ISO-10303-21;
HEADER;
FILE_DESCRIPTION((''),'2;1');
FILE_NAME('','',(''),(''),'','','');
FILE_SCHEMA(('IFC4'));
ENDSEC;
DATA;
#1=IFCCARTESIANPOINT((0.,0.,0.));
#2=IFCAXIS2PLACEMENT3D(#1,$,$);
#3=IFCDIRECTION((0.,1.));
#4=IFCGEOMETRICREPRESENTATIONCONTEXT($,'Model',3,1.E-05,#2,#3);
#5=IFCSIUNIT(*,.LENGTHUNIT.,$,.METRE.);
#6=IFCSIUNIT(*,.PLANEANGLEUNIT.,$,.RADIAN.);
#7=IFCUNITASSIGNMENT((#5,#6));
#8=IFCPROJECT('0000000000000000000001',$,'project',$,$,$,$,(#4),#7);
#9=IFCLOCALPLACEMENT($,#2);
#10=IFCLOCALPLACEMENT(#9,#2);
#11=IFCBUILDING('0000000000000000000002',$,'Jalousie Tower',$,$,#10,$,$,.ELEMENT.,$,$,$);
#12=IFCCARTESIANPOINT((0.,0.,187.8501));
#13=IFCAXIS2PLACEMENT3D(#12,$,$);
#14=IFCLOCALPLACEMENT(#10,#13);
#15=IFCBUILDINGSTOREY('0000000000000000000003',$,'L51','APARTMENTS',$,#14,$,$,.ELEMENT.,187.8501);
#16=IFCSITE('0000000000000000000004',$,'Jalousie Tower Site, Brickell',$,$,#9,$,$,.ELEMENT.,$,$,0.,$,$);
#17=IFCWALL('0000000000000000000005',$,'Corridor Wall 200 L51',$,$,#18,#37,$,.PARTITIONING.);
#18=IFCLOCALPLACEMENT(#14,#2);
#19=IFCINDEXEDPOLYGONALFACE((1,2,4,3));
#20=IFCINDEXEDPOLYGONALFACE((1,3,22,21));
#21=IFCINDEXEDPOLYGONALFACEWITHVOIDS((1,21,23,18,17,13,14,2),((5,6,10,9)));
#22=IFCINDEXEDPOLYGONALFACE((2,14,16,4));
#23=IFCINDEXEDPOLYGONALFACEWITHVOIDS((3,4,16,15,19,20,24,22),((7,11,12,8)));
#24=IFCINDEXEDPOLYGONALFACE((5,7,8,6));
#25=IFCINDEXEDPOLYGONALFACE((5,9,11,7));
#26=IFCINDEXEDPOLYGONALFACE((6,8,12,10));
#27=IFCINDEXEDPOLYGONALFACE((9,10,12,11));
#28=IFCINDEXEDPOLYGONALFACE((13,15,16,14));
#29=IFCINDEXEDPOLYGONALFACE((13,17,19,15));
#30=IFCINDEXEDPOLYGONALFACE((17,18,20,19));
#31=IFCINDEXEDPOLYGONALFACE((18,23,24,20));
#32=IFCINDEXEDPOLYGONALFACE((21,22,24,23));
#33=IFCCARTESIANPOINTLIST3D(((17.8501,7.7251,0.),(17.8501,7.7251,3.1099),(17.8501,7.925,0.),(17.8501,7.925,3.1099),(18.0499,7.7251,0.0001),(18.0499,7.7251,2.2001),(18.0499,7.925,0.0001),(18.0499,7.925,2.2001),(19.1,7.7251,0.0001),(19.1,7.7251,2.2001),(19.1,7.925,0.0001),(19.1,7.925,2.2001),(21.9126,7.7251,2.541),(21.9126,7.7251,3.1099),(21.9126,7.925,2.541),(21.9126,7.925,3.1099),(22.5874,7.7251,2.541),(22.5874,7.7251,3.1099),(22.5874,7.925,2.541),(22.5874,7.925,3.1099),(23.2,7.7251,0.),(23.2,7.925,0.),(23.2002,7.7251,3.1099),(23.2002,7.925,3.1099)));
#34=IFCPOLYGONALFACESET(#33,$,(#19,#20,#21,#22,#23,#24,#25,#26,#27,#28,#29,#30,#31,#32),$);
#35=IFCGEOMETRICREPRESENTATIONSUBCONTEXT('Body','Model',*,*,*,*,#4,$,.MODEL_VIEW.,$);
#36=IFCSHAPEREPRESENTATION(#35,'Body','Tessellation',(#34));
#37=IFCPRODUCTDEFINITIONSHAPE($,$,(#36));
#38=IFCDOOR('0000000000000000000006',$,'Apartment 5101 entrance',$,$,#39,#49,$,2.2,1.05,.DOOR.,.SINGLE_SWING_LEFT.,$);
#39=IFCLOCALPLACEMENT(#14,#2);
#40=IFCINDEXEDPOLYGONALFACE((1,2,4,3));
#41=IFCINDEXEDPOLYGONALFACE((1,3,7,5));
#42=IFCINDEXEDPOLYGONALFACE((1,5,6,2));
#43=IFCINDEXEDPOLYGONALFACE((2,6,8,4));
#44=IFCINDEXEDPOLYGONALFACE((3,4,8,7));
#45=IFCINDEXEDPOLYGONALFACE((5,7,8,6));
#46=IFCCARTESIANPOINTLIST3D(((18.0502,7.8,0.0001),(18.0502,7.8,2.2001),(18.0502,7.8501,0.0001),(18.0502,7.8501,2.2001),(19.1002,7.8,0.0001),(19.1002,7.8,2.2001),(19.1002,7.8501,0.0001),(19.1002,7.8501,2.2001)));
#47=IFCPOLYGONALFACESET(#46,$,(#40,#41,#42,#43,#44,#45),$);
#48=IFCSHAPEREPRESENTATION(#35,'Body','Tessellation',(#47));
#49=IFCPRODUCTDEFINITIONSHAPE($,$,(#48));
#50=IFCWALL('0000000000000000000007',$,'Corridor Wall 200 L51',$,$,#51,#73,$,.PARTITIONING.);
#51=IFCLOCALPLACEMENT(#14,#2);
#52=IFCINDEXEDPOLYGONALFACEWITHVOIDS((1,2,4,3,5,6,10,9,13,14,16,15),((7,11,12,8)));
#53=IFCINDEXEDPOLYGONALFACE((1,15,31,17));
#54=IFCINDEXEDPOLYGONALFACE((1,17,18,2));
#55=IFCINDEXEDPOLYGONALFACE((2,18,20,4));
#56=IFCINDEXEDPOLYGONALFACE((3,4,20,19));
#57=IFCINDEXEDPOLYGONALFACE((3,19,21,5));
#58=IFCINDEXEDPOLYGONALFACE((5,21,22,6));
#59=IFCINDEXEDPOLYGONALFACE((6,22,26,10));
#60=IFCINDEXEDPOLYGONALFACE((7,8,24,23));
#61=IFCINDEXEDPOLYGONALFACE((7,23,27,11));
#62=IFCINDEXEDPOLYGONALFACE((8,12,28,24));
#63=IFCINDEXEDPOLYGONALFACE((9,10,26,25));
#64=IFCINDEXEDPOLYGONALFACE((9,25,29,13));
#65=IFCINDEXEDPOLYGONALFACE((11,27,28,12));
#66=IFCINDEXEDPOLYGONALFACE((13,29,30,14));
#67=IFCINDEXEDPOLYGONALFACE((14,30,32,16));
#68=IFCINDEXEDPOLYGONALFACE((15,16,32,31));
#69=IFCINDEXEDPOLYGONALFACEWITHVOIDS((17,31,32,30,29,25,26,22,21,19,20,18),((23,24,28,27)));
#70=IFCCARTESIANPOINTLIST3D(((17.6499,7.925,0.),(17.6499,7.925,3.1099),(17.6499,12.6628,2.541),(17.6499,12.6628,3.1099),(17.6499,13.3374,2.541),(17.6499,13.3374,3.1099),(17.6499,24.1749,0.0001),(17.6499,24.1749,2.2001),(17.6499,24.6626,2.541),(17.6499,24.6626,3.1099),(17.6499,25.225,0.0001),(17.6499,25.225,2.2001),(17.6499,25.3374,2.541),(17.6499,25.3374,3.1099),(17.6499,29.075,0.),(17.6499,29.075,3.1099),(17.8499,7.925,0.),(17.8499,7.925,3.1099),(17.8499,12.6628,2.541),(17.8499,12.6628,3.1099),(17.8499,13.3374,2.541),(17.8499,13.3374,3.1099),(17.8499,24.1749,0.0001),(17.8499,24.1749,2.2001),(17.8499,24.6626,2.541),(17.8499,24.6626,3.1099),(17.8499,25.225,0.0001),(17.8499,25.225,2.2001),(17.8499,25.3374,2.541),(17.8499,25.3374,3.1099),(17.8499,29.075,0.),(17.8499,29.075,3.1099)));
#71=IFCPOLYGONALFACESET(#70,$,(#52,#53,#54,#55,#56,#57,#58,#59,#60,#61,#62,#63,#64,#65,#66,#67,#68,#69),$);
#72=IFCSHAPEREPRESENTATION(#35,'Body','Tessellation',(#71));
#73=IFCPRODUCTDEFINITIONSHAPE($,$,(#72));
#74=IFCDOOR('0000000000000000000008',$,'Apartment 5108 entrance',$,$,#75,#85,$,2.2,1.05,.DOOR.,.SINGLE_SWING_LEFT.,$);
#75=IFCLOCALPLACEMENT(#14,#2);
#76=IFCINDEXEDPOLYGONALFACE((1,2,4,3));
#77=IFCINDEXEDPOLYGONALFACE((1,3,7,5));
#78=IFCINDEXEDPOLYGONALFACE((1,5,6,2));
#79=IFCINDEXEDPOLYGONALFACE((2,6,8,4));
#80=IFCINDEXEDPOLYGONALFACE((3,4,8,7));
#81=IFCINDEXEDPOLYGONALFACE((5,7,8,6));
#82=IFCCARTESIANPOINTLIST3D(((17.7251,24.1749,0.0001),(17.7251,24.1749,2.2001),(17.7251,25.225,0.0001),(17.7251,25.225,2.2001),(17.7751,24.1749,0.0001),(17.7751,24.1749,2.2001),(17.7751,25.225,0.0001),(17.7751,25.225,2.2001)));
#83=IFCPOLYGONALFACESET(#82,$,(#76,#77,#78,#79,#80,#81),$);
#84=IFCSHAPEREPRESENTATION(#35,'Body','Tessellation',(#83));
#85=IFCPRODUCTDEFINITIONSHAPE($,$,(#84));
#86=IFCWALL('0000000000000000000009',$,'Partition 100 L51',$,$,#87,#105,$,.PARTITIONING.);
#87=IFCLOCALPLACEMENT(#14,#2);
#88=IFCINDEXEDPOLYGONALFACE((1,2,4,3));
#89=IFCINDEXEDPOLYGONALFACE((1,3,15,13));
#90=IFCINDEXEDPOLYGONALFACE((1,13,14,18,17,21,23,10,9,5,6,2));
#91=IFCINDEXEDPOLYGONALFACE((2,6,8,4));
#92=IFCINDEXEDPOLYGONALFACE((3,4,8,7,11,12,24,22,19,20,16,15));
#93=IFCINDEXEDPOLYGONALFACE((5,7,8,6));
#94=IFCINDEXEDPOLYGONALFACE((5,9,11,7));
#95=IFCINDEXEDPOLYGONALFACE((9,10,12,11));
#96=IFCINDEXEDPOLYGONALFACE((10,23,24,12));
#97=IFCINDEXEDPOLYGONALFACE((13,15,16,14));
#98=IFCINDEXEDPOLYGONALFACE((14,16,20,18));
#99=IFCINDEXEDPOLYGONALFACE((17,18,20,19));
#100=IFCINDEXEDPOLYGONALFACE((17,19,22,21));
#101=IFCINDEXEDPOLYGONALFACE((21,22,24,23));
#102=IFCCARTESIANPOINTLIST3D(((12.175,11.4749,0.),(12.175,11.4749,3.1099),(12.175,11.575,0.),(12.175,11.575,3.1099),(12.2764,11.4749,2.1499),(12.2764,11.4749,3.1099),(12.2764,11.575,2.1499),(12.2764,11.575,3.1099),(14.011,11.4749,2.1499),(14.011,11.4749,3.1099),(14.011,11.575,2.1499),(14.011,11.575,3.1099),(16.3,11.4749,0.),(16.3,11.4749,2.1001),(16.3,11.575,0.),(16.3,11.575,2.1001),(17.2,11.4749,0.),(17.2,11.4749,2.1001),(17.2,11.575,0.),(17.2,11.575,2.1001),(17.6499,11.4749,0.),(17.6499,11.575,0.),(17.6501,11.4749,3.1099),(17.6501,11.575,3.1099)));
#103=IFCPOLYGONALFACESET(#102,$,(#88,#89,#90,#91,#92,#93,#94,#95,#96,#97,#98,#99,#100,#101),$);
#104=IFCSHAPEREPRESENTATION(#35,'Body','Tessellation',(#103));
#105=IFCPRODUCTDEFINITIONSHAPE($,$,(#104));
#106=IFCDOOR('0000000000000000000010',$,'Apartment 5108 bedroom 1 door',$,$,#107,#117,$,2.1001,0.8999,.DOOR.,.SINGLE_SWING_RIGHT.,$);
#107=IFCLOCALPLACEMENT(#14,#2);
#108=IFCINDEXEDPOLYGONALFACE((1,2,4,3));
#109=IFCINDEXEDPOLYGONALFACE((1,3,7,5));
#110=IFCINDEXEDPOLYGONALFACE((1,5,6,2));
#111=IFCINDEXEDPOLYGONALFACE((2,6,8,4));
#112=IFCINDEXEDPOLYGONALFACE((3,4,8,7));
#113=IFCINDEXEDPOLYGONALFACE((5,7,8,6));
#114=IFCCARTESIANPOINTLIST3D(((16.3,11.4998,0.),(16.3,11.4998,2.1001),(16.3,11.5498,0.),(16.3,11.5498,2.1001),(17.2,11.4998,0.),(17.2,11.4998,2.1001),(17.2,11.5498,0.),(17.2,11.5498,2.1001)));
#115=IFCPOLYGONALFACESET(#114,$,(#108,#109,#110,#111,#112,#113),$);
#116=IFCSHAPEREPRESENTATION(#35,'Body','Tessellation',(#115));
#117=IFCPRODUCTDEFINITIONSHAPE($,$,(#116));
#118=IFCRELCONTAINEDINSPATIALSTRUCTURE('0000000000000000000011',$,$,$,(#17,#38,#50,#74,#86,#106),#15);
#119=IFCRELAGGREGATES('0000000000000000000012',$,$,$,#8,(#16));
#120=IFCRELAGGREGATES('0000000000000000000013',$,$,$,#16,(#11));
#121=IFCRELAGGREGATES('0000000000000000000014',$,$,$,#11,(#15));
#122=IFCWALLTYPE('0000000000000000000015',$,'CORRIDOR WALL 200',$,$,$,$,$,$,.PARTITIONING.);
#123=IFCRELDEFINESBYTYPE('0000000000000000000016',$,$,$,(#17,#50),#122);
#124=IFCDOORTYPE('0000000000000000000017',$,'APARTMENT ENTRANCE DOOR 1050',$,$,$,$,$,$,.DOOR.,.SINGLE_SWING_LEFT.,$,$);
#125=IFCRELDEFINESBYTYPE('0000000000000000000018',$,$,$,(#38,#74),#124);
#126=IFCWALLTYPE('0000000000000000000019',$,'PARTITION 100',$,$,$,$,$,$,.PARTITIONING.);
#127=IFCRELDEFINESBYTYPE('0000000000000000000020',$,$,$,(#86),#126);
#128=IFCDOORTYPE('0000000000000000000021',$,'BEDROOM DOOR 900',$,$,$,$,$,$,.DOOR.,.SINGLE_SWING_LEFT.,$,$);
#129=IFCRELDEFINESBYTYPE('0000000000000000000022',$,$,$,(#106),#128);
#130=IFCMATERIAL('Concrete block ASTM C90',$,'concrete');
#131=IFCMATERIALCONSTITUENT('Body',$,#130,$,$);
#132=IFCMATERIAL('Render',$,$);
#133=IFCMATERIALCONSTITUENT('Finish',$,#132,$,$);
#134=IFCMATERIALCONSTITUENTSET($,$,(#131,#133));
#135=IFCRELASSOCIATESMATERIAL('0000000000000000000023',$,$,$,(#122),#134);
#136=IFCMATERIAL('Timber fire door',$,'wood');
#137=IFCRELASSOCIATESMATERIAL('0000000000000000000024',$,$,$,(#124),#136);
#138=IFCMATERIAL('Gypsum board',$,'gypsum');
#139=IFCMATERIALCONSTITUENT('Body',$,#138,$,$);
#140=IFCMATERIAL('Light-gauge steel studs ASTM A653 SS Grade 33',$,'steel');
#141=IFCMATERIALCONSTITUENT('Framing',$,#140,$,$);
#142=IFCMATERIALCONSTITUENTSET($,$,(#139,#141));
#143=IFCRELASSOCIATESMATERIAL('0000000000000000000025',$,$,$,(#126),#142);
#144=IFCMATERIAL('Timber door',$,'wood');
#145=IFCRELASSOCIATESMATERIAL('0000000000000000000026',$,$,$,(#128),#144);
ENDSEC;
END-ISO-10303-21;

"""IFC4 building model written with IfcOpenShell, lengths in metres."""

from ifc_helpers import new_model, si_unit, direction, frame, frame_2d, origin, place, context, subcontext, project, spatial, polyline, rectangle, outline, extrude, material, constituent, constituent_set, type_object, element, fill, save


model = new_model("IFC4")

# Units and contexts
model_context = context("Model", 3, precision=1e-05, world=origin(), true_north=direction((0.0, 1.0)))
body_context = subcontext(model_context, "Body", "Model", "MODEL_VIEW")
ifc_project = project(units=[si_unit("LENGTHUNIT", "METRE"), si_unit("PLANEANGLEUNIT", "RADIAN")], contexts=[model_context])

# Site, building, storey
site_placement = place(None, origin())
site = spatial("IfcSite", under=ifc_project, at=site_placement, Name="Jalousie Tower Site, Brickell", CompositionType="ELEMENT", RefElevation=0.0)
building_placement = place(site_placement, origin())
building = spatial("IfcBuilding", under=site, at=building_placement, Name="Jalousie Tower", CompositionType="ELEMENT")
storey_placement = place(building_placement, frame((0.0, 0.0, 187.8501)))
storey = spatial("IfcBuildingStorey", under=building, at=storey_placement, Name="L51", Description="APARTMENTS", CompositionType="ELEMENT", Elevation=187.8501)

# Walls, openings, doors
ifc_material_1 = material(Name="Concrete block ASTM C90", Category="concrete")
ifc_constituent_1 = constituent(ifc_material_1, Name="Body")
ifc_material_2 = material(Name="Render")
ifc_constituent_2 = constituent(ifc_material_2, Name="Finish")
ifc_constituent_set_1 = constituent_set(constituents=[ifc_constituent_1, ifc_constituent_2])
wall_type_1 = type_object("IfcWallType", Name="CORRIDOR WALL 200", PredefinedType="PARTITIONING", material=ifc_constituent_set_1)
wall_1_placement = place(storey_placement, frame((17.8501, 7.825, 0.0), z_axis=(0.0, 0.0, 1.0), x_axis=(1.0, 0.0, 0.0)))
wall_1 = element("IfcWall", 1, at=wall_1_placement, inside=storey, type_object=wall_type_1, Name="Corridor Wall 200 L51", PredefinedType="PARTITIONING", context=body_context, shape_type="SweptSolid", body=[
    extrude(outline(polyline([(0.0, 0.0), (5.3499, 0.0), (5.3501, 3.1099), (4.7373, 3.1099), (4.7373, 2.541), (4.0625, 2.541), (4.0625, 3.1099), (0.0, 3.1099), (0.0, 0.0)])), frame((0.0, 0.1001, 0.0), z_axis=(0.0, -1.0, 0.0), x_axis=(1.0, 0.0, 0.0)), (0.0, 0.0, 1.0), 0.2),
])
opening_1_placement = place(wall_1_placement, frame((0.2, 0.0, 0.0)))
opening_1 = element("IfcOpeningElement", 2, at=opening_1_placement, cuts=wall_1, PredefinedType="OPENING", context=body_context, shape_type="SweptSolid", body=[
    extrude(rectangle(XDim=1.05, YDim=2.2, at=frame_2d((0.5249, 1.1001))), frame((0.0, 0.1099, 0.0), z_axis=(0.0, -1.0, 0.0), x_axis=(1.0, 0.0, 0.0)), (0.0, 0.0, 1.0), 0.22),
])
ifc_material_3 = material(Name="Timber fire door", Category="wood")
door_type_1 = type_object("IfcDoorType", Name="APARTMENT ENTRANCE DOOR 1050", OperationType="SINGLE_SWING_LEFT", PredefinedType="DOOR", material=ifc_material_3)
door_1_placement = place(opening_1_placement, frame((1.05, 0.0, 0.0), z_axis=(0.0, 0.0, 1.0), x_axis=(-1.0, 0.0, 0.0)))
door_1 = element("IfcDoor", 3, at=door_1_placement, inside=storey, type_object=door_type_1, Name="Apartment 5101 entrance", OperationType="SINGLE_SWING_LEFT", OverallHeight=2.2, OverallWidth=1.05, PredefinedType="DOOR", context=body_context, shape_type="SweptSolid", body=[
    extrude(rectangle(XDim=1.05, YDim=2.2, at=frame_2d((0.5249, 1.1001))), frame((0.0, 0.0249, 0.0), z_axis=(0.0, -1.0, 0.0), x_axis=(1.0, 0.0, 0.0)), (0.0, 0.0, 1.0), 0.05),
])
fill(opening_1, door_1)
wall_2_placement = place(storey_placement, frame((17.75, 7.925, 0.0), z_axis=(0.0, 0.0, 1.0), x_axis=(0.0, 1.0, 0.0)))
wall_2 = element("IfcWall", 4, at=wall_2_placement, inside=storey, type_object=wall_type_1, Name="Corridor Wall 200 L51", PredefinedType="PARTITIONING", context=body_context, shape_type="SweptSolid", body=[
    extrude(outline(polyline([(0.0, 0.0), (21.1499, 0.0), (21.1499, 3.1099), (17.4124, 3.1099), (17.4124, 2.541), (16.7375, 2.541), (16.7375, 3.1099), (5.4124, 3.1099), (5.4124, 2.541), (4.7378, 2.541), (4.7378, 3.1099), (0.0, 3.1099), (0.0, 0.0)])), frame((0.0, 0.1001, 0.0), z_axis=(0.0, -1.0, 0.0), x_axis=(1.0, 0.0, 0.0)), (0.0, 0.0, 1.0), 0.2),
])
opening_2_placement = place(wall_2_placement, frame((16.25, 0.0, 0.0)))
opening_2 = element("IfcOpeningElement", 5, at=opening_2_placement, cuts=wall_2, PredefinedType="OPENING", context=body_context, shape_type="SweptSolid", body=[
    extrude(rectangle(XDim=1.05, YDim=2.2, at=frame_2d((0.5249, 1.1001))), frame((0.0, 0.1099, 0.0), z_axis=(0.0, -1.0, 0.0), x_axis=(1.0, 0.0, 0.0)), (0.0, 0.0, 1.0), 0.22),
])
door_2_placement = place(opening_2_placement, origin())
door_2 = element("IfcDoor", 6, at=door_2_placement, inside=storey, type_object=door_type_1, Name="Apartment 5108 entrance", OperationType="SINGLE_SWING_LEFT", OverallHeight=2.2, OverallWidth=1.05, PredefinedType="DOOR", context=body_context, shape_type="SweptSolid", body=[
    extrude(rectangle(XDim=1.05, YDim=2.2, at=frame_2d((0.5249, 1.1001))), frame((0.0, 0.0249, 0.0), z_axis=(0.0, -1.0, 0.0), x_axis=(1.0, 0.0, 0.0)), (0.0, 0.0, 1.0), 0.05),
])
fill(opening_2, door_2)
ifc_material_4 = material(Name="Gypsum board", Category="gypsum")
ifc_constituent_3 = constituent(ifc_material_4, Name="Body")
ifc_material_5 = material(Name="Light-gauge steel studs ASTM A653 SS Grade 33", Category="steel")
ifc_constituent_4 = constituent(ifc_material_5, Name="Framing")
ifc_constituent_set_2 = constituent_set(constituents=[ifc_constituent_3, ifc_constituent_4])
wall_type_2 = type_object("IfcWallType", Name="PARTITION 100", PredefinedType="PARTITIONING", material=ifc_constituent_set_2)
wall_3_placement = place(storey_placement, frame((12.175, 11.5249, 0.0), z_axis=(0.0, 0.0, 1.0), x_axis=(1.0, 0.0, 0.0)))
wall_3 = element("IfcWall", 7, at=wall_3_placement, inside=storey, type_object=wall_type_2, Name="Partition 100 L51", PredefinedType="PARTITIONING", context=body_context, shape_type="SweptSolid", body=[
    extrude(outline(polyline([(0.0, 0.0), (5.4749, 0.0), (5.4751, 3.1099), (1.8359, 3.1099), (1.8359, 2.1499), (0.1013, 2.1499), (0.1013, 3.1099), (0.0, 3.1099), (0.0, 0.0)])), frame((0.0, 0.05, 0.0), z_axis=(0.0, -1.0, 0.0), x_axis=(1.0, 0.0, 0.0)), (0.0, 0.0, 1.0), 0.1001),
])
opening_3_placement = place(wall_3_placement, frame((4.125, 0.0, 0.0)))
opening_3 = element("IfcOpeningElement", 8, at=opening_3_placement, cuts=wall_3, PredefinedType="OPENING", context=body_context, shape_type="SweptSolid", body=[
    extrude(rectangle(XDim=0.8999, YDim=2.1001, at=frame_2d((0.45, 1.05))), frame((0.0, 0.0601, 0.0), z_axis=(0.0, -1.0, 0.0), x_axis=(1.0, 0.0, 0.0)), (0.0, 0.0, 1.0), 0.1201),
])
ifc_material_6 = material(Name="Timber door", Category="wood")
door_type_2 = type_object("IfcDoorType", Name="BEDROOM DOOR 900", OperationType="SINGLE_SWING_LEFT", PredefinedType="DOOR", material=ifc_material_6)
door_3_placement = place(opening_3_placement, origin())
door_3 = element("IfcDoor", 9, at=door_3_placement, inside=storey, type_object=door_type_2, Name="Apartment 5108 bedroom 1 door", OperationType="SINGLE_SWING_RIGHT", OverallHeight=2.1001, OverallWidth=0.8999, PredefinedType="DOOR", context=body_context, shape_type="SweptSolid", body=[
    extrude(rectangle(XDim=0.8999, YDim=2.1001, at=frame_2d((0.45, 1.05))), frame((0.0, 0.0249, 0.0), z_axis=(0.0, -1.0, 0.0), x_axis=(1.0, 0.0, 0.0)), (0.0, 0.0, 1.0), 0.05),
])
fill(opening_3, door_3)

save(model, "model.ifc")
